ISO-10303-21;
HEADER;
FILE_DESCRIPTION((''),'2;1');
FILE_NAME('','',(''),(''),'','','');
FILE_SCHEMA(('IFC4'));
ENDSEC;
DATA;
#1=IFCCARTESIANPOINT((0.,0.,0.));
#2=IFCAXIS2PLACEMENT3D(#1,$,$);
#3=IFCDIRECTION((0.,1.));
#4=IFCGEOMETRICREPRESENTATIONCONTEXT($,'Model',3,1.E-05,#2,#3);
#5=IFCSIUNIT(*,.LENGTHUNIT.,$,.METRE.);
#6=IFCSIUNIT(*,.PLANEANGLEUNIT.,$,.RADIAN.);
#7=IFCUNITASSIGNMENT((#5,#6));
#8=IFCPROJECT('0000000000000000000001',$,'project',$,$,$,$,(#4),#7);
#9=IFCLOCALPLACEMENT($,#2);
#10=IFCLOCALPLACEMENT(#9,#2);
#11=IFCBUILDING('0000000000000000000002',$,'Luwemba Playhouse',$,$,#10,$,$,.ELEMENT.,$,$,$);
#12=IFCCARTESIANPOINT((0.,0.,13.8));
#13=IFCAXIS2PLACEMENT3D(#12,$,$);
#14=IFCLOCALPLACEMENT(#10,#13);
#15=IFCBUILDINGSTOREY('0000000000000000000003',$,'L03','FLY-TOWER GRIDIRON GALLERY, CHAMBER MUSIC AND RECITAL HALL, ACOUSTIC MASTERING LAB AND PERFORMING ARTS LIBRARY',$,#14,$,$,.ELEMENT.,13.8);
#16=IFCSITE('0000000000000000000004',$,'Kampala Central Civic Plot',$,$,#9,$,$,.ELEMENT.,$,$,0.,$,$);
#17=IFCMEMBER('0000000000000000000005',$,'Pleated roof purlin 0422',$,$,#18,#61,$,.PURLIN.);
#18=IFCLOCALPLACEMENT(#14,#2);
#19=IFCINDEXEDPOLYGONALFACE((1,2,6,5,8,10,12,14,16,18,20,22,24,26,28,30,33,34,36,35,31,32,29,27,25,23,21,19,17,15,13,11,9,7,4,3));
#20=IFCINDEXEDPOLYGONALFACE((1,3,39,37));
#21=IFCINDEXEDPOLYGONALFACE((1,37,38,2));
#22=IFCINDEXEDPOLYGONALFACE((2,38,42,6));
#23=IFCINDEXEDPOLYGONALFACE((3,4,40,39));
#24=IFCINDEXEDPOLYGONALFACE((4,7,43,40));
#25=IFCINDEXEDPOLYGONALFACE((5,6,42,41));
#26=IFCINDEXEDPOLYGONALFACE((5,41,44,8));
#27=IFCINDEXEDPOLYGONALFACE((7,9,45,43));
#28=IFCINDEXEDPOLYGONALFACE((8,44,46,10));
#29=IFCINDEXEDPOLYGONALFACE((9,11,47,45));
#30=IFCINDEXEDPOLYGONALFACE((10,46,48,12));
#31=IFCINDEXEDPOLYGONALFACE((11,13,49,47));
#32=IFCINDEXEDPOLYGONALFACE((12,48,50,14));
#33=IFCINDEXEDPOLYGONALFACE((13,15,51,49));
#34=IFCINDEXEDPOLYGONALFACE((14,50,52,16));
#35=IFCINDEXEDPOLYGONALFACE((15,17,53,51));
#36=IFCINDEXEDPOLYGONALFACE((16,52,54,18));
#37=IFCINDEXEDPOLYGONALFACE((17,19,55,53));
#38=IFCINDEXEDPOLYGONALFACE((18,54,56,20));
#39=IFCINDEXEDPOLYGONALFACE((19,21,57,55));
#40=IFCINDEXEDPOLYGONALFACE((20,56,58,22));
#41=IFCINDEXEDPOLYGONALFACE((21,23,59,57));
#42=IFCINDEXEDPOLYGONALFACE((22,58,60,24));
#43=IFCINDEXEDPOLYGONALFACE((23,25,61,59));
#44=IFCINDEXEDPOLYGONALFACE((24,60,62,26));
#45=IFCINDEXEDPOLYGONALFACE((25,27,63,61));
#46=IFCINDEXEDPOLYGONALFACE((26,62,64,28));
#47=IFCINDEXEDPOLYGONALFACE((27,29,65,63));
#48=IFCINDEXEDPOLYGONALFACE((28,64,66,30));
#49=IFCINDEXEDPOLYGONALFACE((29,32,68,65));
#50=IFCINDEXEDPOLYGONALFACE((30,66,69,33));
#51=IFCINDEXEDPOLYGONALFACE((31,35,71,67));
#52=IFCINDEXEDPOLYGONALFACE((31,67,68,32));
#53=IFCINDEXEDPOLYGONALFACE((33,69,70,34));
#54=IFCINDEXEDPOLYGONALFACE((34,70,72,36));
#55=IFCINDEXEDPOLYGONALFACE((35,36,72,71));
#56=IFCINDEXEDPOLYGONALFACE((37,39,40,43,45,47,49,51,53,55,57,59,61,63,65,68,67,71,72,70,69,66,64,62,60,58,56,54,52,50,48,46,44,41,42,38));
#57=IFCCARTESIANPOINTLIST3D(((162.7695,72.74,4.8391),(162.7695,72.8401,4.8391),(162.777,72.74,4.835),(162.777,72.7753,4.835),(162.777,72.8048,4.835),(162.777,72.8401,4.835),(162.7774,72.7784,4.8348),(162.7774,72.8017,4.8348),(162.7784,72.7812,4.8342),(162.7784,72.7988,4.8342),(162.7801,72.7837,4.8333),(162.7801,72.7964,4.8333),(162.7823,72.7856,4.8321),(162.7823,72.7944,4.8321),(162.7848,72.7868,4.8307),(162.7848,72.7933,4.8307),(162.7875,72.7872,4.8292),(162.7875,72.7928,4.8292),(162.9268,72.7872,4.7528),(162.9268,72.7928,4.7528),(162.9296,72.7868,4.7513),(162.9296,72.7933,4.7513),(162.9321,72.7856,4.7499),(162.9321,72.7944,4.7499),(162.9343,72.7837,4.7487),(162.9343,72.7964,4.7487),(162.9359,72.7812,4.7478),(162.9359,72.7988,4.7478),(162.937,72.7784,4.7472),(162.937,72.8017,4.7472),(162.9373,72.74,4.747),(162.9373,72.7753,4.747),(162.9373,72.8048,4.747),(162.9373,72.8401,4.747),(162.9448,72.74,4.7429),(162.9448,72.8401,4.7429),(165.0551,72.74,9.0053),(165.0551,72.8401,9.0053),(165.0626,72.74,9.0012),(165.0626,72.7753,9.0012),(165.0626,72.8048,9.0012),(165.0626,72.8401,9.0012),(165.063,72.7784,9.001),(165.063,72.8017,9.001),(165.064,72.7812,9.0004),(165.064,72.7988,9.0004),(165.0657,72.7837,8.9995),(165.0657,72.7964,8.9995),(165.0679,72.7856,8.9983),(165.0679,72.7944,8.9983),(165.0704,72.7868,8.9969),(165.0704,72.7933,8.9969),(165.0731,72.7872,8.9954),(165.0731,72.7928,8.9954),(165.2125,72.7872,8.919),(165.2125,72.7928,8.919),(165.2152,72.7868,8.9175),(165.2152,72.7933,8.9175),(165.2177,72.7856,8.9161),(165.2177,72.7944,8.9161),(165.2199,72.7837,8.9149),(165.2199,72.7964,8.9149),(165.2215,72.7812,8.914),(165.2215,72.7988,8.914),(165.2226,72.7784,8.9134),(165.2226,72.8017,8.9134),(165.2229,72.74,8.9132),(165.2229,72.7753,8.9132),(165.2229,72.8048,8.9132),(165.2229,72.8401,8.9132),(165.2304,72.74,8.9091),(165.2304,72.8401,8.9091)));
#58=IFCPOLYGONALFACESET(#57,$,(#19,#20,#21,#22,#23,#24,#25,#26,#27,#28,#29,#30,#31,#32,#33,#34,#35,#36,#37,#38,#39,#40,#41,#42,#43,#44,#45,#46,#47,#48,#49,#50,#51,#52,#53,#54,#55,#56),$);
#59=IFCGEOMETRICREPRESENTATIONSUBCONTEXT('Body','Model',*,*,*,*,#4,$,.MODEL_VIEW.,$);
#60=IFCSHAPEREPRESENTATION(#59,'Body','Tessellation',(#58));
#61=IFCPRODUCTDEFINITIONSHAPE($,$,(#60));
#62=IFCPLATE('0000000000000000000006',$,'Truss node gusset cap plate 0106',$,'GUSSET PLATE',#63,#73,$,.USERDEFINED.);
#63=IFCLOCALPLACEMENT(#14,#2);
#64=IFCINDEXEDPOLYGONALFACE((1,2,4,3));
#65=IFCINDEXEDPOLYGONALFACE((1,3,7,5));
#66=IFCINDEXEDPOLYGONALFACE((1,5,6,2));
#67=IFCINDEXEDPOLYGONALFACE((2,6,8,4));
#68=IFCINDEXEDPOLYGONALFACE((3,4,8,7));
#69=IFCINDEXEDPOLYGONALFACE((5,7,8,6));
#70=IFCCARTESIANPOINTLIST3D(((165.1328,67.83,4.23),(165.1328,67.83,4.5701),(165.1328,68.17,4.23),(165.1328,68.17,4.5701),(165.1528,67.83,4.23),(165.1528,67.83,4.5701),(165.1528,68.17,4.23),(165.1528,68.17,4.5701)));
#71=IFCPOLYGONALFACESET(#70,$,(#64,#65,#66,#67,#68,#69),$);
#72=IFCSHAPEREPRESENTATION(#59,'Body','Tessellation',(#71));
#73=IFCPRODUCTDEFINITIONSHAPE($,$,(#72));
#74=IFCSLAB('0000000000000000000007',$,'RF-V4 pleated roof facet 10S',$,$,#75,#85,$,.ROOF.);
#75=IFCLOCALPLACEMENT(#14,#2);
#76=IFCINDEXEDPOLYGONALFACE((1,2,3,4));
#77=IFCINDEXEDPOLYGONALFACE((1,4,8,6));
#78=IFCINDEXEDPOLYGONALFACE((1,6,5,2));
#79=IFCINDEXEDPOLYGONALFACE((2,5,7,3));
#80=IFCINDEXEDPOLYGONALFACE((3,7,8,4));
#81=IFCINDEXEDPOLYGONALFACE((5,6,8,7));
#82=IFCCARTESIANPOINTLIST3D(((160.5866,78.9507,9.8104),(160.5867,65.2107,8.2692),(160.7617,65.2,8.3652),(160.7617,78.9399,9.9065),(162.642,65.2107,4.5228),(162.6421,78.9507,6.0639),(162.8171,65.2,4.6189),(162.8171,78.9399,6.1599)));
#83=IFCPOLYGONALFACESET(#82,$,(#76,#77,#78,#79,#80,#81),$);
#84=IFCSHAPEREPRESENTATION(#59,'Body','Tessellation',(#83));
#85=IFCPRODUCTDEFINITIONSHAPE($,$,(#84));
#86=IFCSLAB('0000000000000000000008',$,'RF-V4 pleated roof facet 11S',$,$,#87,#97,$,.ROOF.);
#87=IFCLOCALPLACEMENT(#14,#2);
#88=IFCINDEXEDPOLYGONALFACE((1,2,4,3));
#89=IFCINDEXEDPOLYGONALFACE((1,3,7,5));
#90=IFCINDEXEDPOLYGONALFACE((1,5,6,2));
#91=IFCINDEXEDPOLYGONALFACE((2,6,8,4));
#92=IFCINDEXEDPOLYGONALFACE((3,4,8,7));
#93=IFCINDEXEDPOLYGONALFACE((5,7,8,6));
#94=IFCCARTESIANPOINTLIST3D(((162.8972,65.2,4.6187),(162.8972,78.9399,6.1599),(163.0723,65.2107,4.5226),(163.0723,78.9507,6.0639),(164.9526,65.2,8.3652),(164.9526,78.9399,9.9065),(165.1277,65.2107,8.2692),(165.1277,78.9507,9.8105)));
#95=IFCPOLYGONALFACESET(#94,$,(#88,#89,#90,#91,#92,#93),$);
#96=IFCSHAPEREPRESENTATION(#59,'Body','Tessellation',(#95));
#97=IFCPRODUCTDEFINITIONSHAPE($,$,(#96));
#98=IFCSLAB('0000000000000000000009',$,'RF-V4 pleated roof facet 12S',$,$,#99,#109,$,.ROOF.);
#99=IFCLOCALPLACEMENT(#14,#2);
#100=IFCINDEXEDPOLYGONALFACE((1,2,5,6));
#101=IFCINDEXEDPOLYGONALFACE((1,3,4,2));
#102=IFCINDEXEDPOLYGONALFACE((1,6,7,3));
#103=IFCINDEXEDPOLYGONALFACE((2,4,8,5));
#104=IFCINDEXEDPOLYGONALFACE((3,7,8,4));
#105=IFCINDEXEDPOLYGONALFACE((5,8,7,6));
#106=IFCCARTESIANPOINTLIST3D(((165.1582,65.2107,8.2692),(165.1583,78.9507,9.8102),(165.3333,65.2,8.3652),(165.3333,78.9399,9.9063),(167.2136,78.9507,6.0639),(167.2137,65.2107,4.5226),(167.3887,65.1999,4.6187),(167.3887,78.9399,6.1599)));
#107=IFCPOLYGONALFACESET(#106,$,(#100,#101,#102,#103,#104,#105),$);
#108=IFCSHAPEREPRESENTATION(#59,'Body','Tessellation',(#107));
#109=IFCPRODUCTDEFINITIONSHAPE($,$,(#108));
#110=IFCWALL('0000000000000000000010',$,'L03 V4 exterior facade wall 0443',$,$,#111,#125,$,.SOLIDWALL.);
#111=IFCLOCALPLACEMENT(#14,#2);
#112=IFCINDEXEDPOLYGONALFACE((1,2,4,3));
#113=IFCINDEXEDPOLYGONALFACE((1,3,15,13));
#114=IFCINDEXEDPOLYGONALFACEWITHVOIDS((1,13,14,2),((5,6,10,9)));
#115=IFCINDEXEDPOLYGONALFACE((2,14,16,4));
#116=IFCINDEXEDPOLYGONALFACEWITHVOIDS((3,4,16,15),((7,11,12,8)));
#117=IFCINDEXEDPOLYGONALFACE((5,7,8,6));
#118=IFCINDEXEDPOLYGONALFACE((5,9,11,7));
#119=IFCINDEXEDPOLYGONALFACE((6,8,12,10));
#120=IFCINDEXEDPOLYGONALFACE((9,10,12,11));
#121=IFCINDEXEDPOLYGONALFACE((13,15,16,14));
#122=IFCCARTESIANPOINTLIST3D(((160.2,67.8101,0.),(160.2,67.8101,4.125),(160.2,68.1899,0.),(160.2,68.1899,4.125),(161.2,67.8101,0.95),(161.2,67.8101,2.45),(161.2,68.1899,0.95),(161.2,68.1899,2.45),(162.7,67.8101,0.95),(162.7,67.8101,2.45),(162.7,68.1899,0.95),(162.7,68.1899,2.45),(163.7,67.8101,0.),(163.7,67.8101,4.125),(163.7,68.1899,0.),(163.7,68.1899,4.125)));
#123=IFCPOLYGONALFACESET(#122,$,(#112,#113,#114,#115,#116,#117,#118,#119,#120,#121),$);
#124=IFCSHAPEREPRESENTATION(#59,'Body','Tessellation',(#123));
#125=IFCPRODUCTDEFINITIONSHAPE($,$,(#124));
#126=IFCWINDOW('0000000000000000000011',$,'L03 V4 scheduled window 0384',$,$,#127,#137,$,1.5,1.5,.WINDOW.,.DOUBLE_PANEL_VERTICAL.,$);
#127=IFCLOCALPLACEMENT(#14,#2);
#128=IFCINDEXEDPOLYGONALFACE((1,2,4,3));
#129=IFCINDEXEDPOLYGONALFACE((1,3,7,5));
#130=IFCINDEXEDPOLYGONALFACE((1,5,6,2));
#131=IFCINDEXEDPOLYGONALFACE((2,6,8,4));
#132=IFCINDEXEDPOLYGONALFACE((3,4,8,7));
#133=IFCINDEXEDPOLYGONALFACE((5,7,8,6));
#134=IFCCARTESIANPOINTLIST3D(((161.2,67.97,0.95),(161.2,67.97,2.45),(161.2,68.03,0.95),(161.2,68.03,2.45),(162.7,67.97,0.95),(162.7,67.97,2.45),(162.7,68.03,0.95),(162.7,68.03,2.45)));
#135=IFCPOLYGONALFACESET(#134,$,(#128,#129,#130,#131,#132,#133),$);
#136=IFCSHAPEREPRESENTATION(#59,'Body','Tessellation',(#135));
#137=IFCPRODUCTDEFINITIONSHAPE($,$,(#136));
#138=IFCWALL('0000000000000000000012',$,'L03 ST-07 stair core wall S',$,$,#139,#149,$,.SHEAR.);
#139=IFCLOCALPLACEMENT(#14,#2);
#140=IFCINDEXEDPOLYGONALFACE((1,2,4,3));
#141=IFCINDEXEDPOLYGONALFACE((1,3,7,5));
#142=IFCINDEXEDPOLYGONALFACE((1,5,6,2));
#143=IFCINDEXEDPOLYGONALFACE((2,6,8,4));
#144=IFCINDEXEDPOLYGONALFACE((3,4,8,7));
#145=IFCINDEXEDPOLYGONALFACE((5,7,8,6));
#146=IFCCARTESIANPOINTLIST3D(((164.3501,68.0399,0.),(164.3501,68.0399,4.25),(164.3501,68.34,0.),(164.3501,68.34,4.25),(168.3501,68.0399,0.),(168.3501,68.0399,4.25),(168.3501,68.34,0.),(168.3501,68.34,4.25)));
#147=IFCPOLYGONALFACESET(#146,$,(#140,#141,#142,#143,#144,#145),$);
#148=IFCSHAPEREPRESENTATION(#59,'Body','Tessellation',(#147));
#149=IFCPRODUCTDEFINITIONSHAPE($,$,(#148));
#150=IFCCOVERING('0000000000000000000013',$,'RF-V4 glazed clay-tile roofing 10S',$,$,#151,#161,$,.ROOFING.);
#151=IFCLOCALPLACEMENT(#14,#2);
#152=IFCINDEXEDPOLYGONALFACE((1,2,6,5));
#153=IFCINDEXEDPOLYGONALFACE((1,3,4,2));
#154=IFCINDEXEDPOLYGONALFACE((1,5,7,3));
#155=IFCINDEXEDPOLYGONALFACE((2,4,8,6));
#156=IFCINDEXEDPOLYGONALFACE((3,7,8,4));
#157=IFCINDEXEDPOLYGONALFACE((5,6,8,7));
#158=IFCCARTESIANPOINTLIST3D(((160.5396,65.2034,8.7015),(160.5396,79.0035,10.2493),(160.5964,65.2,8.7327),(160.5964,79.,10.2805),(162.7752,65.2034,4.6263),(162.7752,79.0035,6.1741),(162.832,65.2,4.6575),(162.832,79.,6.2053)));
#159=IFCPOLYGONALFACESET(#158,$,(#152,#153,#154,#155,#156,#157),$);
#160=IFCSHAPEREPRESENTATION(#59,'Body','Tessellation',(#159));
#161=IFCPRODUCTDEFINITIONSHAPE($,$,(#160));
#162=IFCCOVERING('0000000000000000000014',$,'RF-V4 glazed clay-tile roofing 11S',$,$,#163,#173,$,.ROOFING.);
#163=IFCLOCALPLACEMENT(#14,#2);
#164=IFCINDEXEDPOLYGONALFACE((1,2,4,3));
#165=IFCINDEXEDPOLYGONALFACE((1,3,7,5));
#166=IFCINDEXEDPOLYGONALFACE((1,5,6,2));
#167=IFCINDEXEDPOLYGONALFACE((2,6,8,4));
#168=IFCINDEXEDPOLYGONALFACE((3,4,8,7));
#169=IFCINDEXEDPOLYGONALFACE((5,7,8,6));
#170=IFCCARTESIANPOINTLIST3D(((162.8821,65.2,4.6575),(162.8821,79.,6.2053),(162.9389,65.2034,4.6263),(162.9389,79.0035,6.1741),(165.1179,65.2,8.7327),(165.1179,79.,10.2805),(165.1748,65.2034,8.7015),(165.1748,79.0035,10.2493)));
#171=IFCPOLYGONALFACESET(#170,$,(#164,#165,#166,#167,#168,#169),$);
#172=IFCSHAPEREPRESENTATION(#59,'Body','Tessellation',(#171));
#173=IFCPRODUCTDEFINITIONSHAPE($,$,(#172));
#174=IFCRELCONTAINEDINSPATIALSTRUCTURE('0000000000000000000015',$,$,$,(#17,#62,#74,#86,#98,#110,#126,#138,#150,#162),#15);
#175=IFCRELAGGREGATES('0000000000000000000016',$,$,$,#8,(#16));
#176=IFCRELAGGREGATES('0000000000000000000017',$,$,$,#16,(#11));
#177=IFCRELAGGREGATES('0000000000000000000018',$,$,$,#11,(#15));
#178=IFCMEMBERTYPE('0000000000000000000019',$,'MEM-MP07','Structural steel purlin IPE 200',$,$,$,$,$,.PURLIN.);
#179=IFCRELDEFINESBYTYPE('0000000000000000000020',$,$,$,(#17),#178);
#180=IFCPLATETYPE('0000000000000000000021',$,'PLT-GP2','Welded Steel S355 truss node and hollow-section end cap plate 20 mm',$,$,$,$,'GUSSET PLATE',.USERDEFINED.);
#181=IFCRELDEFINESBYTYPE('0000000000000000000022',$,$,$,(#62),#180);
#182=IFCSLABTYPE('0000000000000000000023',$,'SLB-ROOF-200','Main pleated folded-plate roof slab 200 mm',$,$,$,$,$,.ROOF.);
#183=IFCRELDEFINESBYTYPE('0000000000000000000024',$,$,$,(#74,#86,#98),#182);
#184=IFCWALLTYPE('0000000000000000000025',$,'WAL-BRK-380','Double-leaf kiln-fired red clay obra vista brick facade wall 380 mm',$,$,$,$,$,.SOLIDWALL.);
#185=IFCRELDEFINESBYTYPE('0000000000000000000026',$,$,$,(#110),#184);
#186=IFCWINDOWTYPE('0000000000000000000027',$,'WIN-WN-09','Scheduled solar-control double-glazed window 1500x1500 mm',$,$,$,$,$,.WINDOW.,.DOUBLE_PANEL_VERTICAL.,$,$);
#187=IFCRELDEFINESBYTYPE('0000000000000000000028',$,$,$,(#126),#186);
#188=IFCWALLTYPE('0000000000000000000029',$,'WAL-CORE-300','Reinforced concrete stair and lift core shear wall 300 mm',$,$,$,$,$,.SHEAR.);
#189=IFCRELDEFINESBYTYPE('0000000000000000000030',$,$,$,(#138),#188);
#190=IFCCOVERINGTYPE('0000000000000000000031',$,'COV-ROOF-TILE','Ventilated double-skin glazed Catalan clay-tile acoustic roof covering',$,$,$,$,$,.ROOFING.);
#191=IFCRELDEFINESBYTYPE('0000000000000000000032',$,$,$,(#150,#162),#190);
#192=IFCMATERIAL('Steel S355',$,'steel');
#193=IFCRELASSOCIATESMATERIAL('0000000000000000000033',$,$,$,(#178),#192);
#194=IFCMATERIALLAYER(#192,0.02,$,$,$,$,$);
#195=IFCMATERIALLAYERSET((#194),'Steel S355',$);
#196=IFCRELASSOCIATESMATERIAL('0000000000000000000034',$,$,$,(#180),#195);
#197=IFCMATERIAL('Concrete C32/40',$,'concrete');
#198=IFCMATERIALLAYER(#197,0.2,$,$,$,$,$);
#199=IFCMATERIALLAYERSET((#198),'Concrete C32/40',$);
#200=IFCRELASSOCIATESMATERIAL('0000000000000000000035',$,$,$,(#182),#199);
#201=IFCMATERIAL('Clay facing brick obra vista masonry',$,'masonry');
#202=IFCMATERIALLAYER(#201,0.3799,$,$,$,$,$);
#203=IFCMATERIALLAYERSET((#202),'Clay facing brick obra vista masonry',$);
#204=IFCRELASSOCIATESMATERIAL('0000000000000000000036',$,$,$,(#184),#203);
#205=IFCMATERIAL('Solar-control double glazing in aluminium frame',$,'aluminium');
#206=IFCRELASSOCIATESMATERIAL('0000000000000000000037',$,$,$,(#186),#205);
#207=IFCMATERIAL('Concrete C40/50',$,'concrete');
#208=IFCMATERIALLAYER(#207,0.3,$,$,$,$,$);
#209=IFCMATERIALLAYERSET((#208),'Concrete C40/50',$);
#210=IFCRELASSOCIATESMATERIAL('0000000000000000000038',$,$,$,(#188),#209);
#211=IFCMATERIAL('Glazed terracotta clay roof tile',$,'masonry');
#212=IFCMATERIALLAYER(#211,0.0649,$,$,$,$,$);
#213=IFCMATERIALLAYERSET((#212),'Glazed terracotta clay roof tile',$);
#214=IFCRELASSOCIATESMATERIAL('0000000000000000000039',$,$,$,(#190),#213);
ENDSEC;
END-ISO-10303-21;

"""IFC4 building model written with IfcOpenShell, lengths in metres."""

from ifc_helpers import new_model, si_unit, direction, frame, frame_2d, origin, origin_2d, place, context, subcontext, project, spatial, polyline, rectangle, i_section, outline, extrude, material, layer, layer_set, material_profile, profile_set, type_object, element, fill, save


model = new_model("IFC4")

# Units and contexts
model_context = context("Model", 3, precision=1e-05, world=origin(), true_north=direction((0.0, 1.0)))
body_context = subcontext(model_context, "Body", "Model", "MODEL_VIEW")
ifc_project = project(units=[si_unit("LENGTHUNIT", "METRE"), si_unit("PLANEANGLEUNIT", "RADIAN")], contexts=[model_context])

# Site, building, storey
site_placement = place(None, origin())
site = spatial("IfcSite", under=ifc_project, at=site_placement, Name="Kampala Central Civic Plot", CompositionType="ELEMENT", RefElevation=0.0)
building_placement = place(site_placement, origin())
building = spatial("IfcBuilding", under=site, at=building_placement, Name="Luwemba Playhouse", CompositionType="ELEMENT")
storey_placement = place(building_placement, frame((0.0, 0.0, 13.8)))
storey = spatial("IfcBuildingStorey", under=building, at=storey_placement, Name="L03", Description="FLY-TOWER GRIDIRON GALLERY, CHAMBER MUSIC AND RECITAL HALL, ACOUSTIC MASTERING LAB AND PERFORMING ARTS LIBRARY", CompositionType="ELEMENT", Elevation=13.8)

# Shared definitions
ifc_material_1 = material(Name="Concrete C40/50", Category="concrete")

# Shared definitions
ifc_material_2 = material(Name="Steel S355", Category="steel")

# Member
ifc_material_profile_1 = material_profile(ifc_material_2, i_section(OverallWidth=0.1001, OverallDepth=0.2, WebThickness=0.0056, FlangeThickness=0.0085, FilletRadius=0.012, at=origin_2d()))
ifc_profile_set_1 = profile_set([ifc_material_profile_1], Name="Steel S355")
member_type_1 = type_object("IfcMemberType", Name="MEM-MP07", Description="Structural steel purlin IPE 200", PredefinedType="PURLIN", material=ifc_profile_set_1)
member_1_placement = place(storey_placement, frame((162.8572, 72.79, 4.791), z_axis=(0.480982, 0.0, 0.876731), x_axis=(0.0, 1.0, 0.0)))
element("IfcMember", 1, at=member_1_placement, inside=storey, type_object=member_type_1, Name="Pleated roof purlin 0422", PredefinedType="PURLIN", context=body_context, shape_type="SweptSolid", body=[
    extrude(i_section(OverallWidth=0.1001, OverallDepth=0.2, WebThickness=0.0056, FlangeThickness=0.0085, FilletRadius=0.012, at=origin_2d()), origin(), (0.0, 0.0, 1.0), 4.752),
])

# Plate
ifc_layer_1 = layer(ifc_material_2, 0.02)
ifc_layer_set_1 = layer_set([ifc_layer_1], Name="Steel S355")
plate_type = type_object("IfcPlateType", Name="PLT-GP2", Description="Welded Steel S355 truss node and hollow-section end cap plate 20 mm", ElementType="GUSSET PLATE", PredefinedType="USERDEFINED", material=ifc_layer_set_1)
plate_placement = place(storey_placement, frame((165.1428, 68.0, 4.23), z_axis=(0.0, 0.0, 1.0), x_axis=(1.0, 0.0, 0.0)))
element("IfcPlate", 2, at=plate_placement, inside=storey, type_object=plate_type, Name="Truss node gusset cap plate 0106", ObjectType="GUSSET PLATE", PredefinedType="USERDEFINED", context=body_context, shape_type="SweptSolid", body=[
    extrude(rectangle(XDim=0.02, YDim=0.3401, at=origin_2d()), origin(), (0.0, 0.0, 1.0), 0.3401),
])

# Slabs
ifc_material_3 = material(Name="Concrete C32/40", Category="concrete")
ifc_layer_2 = layer(ifc_material_3, 0.2)
ifc_layer_set_2 = layer_set([ifc_layer_2], Name="Concrete C32/40")
slab_type = type_object("IfcSlabType", Name="SLB-ROOF-200", Description="Main pleated folded-plate roof slab 200 mm", PredefinedType="ROOF", material=ifc_layer_set_2)
slab_1_placement = place(storey_placement, frame((160.7617, 65.2, 8.3652), z_axis=(0.87545, -0.053872, 0.480298), x_axis=(0.480996, 0.000001, -0.876723)))
element("IfcSlab", 3, at=slab_1_placement, inside=storey, type_object=slab_type, Name="RF-V4 pleated roof facet 10S", PredefinedType="ROOF", context=body_context, shape_type="SweptSolid", body=[
    extrude(outline(polyline([(0.0, 0.0), (4.2731, 0.0), (2.9221, 13.76), (-1.3512, 13.76), (0.0, 0.0)])), origin(), (0.0, 0.0, -1.0), 0.2),
])
slab_2_placement = place(storey_placement, frame((162.8972, 65.2, 4.6187), z_axis=(-0.875456, -0.053875, 0.480286), x_axis=(0.480984, 0.0, 0.876729)))
element("IfcSlab", 4, at=slab_2_placement, inside=storey, type_object=slab_type, Name="RF-V4 pleated roof facet 11S", PredefinedType="ROOF", context=body_context, shape_type="SweptSolid", body=[
    extrude(outline(polyline([(0.0, 0.0), (4.2734, 0.0), (5.6246, 13.76), (1.3513, 13.76), (0.0, 0.0)])), origin(), (0.0, 0.0, -1.0), 0.2),
])
slab_3_placement = place(storey_placement, frame((165.3333, 65.2, 8.3652), z_axis=(0.87545, -0.053872, 0.480298), x_axis=(0.480996, -0.000001, -0.876723)))
element("IfcSlab", 5, at=slab_3_placement, inside=storey, type_object=slab_type, Name="RF-V4 pleated roof facet 12S", PredefinedType="ROOF", context=body_context, shape_type="SweptSolid", body=[
    extrude(outline(polyline([(0.0, 0.0), (4.2734, 0.0), (2.9221, 13.76), (-1.3511, 13.76), (0.0, 0.0)])), origin(), (0.0, 0.0, -1.0), 0.2),
])

# Wall, opening, window
ifc_material_4 = material(Name="Clay facing brick obra vista masonry", Category="masonry")
ifc_layer_3 = layer(ifc_material_4, 0.3799)
ifc_layer_set_3 = layer_set([ifc_layer_3], Name="Clay facing brick obra vista masonry")
wall_type_1 = type_object("IfcWallType", Name="WAL-BRK-380", Description="Double-leaf kiln-fired red clay obra vista brick facade wall 380 mm", PredefinedType="SOLIDWALL", material=ifc_layer_set_3)
wall_1_placement = place(storey_placement, frame((163.7, 68.0, 0.0), z_axis=(0.0, 0.0, 1.0), x_axis=(-1.0, 0.0, 0.0)))
wall_1 = element("IfcWall", 6, at=wall_1_placement, inside=storey, type_object=wall_type_1, Name="L03 V4 exterior facade wall 0443", PredefinedType="SOLIDWALL", context=body_context, shape_type="SweptSolid", body=[
    extrude(rectangle(XDim=3.5, YDim=0.3799, at=frame_2d((1.75, 0.0))), origin(), (0.0, 0.0, 1.0), 4.125),
])
opening_placement = place(wall_1_placement, frame((1.0, 0.0, 0.95)))
opening = element("IfcOpeningElement", 7, at=opening_placement, cuts=wall_1, PredefinedType="OPENING", context=body_context, shape_type="SweptSolid", body=[
    extrude(rectangle(XDim=1.5, YDim=1.5, at=frame_2d((0.75, 0.75))), frame((0.0, 0.2, 0.0), z_axis=(0.0, -1.0, 0.0), x_axis=(1.0, 0.0, 0.0)), (0.0, 0.0, 1.0), 0.3999),
])
ifc_material_5 = material(Name="Solar-control double glazing in aluminium frame", Category="aluminium")
window_type = type_object("IfcWindowType", Name="WIN-WN-09", Description="Scheduled solar-control double-glazed window 1500x1500 mm", PartitioningType="DOUBLE_PANEL_VERTICAL", PredefinedType="WINDOW", material=ifc_material_5)
window_placement = place(opening_placement, origin())
window = element("IfcWindow", 8, at=window_placement, inside=storey, type_object=window_type, Name="L03 V4 scheduled window 0384", OverallHeight=1.5, OverallWidth=1.5, PartitioningType="DOUBLE_PANEL_VERTICAL", PredefinedType="WINDOW", context=body_context, shape_type="SweptSolid", body=[
    extrude(rectangle(XDim=1.5, YDim=1.5, at=frame_2d((0.75, 0.75))), frame((0.0, 0.03, 0.0), z_axis=(0.0, -1.0, 0.0), x_axis=(1.0, 0.0, 0.0)), (0.0, 0.0, 1.0), 0.0601),
])
fill(opening, window)

# Wall
ifc_layer_4 = layer(ifc_material_1, 0.3)
ifc_layer_set_4 = layer_set([ifc_layer_4], Name="Concrete C40/50")
wall_type_2 = type_object("IfcWallType", Name="WAL-CORE-300", Description="Reinforced concrete stair and lift core shear wall 300 mm", PredefinedType="SHEAR", material=ifc_layer_set_4)
wall_2_placement = place(storey_placement, frame((164.3501, 68.1899, 0.0), z_axis=(0.0, 0.0, 1.0), x_axis=(1.0, 0.0, 0.0)))
element("IfcWall", 9, at=wall_2_placement, inside=storey, type_object=wall_type_2, Name="L03 ST-07 stair core wall S", PredefinedType="SHEAR", context=body_context, shape_type="SweptSolid", body=[
    extrude(rectangle(XDim=4.0, YDim=0.3, at=frame_2d((2.0, 0.0))), origin(), (0.0, 0.0, 1.0), 4.25),
])

# Coverings
ifc_material_6 = material(Name="Glazed terracotta clay roof tile", Category="masonry")
ifc_layer_5 = layer(ifc_material_6, 0.0649)
ifc_layer_set_5 = layer_set([ifc_layer_5], Name="Glazed terracotta clay roof tile")
covering_type = type_object("IfcCoveringType", Name="COV-ROOF-TILE", Description="Ventilated double-skin glazed Catalan clay-tile acoustic roof covering", PredefinedType="ROOFING", material=ifc_layer_set_5)
covering_1_placement = place(storey_placement, frame((160.5964, 65.2, 8.7327), z_axis=(0.875466, -0.053868, 0.480268), x_axis=(0.480967, 0.0, -0.876739)))
element("IfcCovering", 10, at=covering_1_placement, inside=storey, type_object=covering_type, Name="RF-V4 glazed clay-tile roofing 10S", PredefinedType="ROOFING", context=body_context, shape_type="SweptSolid", body=[
    extrude(outline(polyline([(0.0, 0.0), (4.6481, 0.0), (3.2911, 13.8201), (-1.3571, 13.8201), (0.0, 0.0)])), origin(), (0.0, 0.0, -1.0), 0.0649),
])
covering_2_placement = place(storey_placement, frame((162.8821, 65.2, 4.6575), z_axis=(-0.875444, -0.053873, 0.480309), x_axis=(0.481007, 0.0, 0.876717)))
element("IfcCovering", 11, at=covering_2_placement, inside=storey, type_object=covering_type, Name="RF-V4 glazed clay-tile roofing 11S", PredefinedType="ROOFING", context=body_context, shape_type="SweptSolid", body=[
    extrude(outline(polyline([(0.0, 0.0), (4.6482, 0.0), (6.0053, 13.8201), (1.357, 13.8201), (0.0, 0.0)])), origin(), (0.0, 0.0, -1.0), 0.0649),
])

save(model, "model.ifc")
